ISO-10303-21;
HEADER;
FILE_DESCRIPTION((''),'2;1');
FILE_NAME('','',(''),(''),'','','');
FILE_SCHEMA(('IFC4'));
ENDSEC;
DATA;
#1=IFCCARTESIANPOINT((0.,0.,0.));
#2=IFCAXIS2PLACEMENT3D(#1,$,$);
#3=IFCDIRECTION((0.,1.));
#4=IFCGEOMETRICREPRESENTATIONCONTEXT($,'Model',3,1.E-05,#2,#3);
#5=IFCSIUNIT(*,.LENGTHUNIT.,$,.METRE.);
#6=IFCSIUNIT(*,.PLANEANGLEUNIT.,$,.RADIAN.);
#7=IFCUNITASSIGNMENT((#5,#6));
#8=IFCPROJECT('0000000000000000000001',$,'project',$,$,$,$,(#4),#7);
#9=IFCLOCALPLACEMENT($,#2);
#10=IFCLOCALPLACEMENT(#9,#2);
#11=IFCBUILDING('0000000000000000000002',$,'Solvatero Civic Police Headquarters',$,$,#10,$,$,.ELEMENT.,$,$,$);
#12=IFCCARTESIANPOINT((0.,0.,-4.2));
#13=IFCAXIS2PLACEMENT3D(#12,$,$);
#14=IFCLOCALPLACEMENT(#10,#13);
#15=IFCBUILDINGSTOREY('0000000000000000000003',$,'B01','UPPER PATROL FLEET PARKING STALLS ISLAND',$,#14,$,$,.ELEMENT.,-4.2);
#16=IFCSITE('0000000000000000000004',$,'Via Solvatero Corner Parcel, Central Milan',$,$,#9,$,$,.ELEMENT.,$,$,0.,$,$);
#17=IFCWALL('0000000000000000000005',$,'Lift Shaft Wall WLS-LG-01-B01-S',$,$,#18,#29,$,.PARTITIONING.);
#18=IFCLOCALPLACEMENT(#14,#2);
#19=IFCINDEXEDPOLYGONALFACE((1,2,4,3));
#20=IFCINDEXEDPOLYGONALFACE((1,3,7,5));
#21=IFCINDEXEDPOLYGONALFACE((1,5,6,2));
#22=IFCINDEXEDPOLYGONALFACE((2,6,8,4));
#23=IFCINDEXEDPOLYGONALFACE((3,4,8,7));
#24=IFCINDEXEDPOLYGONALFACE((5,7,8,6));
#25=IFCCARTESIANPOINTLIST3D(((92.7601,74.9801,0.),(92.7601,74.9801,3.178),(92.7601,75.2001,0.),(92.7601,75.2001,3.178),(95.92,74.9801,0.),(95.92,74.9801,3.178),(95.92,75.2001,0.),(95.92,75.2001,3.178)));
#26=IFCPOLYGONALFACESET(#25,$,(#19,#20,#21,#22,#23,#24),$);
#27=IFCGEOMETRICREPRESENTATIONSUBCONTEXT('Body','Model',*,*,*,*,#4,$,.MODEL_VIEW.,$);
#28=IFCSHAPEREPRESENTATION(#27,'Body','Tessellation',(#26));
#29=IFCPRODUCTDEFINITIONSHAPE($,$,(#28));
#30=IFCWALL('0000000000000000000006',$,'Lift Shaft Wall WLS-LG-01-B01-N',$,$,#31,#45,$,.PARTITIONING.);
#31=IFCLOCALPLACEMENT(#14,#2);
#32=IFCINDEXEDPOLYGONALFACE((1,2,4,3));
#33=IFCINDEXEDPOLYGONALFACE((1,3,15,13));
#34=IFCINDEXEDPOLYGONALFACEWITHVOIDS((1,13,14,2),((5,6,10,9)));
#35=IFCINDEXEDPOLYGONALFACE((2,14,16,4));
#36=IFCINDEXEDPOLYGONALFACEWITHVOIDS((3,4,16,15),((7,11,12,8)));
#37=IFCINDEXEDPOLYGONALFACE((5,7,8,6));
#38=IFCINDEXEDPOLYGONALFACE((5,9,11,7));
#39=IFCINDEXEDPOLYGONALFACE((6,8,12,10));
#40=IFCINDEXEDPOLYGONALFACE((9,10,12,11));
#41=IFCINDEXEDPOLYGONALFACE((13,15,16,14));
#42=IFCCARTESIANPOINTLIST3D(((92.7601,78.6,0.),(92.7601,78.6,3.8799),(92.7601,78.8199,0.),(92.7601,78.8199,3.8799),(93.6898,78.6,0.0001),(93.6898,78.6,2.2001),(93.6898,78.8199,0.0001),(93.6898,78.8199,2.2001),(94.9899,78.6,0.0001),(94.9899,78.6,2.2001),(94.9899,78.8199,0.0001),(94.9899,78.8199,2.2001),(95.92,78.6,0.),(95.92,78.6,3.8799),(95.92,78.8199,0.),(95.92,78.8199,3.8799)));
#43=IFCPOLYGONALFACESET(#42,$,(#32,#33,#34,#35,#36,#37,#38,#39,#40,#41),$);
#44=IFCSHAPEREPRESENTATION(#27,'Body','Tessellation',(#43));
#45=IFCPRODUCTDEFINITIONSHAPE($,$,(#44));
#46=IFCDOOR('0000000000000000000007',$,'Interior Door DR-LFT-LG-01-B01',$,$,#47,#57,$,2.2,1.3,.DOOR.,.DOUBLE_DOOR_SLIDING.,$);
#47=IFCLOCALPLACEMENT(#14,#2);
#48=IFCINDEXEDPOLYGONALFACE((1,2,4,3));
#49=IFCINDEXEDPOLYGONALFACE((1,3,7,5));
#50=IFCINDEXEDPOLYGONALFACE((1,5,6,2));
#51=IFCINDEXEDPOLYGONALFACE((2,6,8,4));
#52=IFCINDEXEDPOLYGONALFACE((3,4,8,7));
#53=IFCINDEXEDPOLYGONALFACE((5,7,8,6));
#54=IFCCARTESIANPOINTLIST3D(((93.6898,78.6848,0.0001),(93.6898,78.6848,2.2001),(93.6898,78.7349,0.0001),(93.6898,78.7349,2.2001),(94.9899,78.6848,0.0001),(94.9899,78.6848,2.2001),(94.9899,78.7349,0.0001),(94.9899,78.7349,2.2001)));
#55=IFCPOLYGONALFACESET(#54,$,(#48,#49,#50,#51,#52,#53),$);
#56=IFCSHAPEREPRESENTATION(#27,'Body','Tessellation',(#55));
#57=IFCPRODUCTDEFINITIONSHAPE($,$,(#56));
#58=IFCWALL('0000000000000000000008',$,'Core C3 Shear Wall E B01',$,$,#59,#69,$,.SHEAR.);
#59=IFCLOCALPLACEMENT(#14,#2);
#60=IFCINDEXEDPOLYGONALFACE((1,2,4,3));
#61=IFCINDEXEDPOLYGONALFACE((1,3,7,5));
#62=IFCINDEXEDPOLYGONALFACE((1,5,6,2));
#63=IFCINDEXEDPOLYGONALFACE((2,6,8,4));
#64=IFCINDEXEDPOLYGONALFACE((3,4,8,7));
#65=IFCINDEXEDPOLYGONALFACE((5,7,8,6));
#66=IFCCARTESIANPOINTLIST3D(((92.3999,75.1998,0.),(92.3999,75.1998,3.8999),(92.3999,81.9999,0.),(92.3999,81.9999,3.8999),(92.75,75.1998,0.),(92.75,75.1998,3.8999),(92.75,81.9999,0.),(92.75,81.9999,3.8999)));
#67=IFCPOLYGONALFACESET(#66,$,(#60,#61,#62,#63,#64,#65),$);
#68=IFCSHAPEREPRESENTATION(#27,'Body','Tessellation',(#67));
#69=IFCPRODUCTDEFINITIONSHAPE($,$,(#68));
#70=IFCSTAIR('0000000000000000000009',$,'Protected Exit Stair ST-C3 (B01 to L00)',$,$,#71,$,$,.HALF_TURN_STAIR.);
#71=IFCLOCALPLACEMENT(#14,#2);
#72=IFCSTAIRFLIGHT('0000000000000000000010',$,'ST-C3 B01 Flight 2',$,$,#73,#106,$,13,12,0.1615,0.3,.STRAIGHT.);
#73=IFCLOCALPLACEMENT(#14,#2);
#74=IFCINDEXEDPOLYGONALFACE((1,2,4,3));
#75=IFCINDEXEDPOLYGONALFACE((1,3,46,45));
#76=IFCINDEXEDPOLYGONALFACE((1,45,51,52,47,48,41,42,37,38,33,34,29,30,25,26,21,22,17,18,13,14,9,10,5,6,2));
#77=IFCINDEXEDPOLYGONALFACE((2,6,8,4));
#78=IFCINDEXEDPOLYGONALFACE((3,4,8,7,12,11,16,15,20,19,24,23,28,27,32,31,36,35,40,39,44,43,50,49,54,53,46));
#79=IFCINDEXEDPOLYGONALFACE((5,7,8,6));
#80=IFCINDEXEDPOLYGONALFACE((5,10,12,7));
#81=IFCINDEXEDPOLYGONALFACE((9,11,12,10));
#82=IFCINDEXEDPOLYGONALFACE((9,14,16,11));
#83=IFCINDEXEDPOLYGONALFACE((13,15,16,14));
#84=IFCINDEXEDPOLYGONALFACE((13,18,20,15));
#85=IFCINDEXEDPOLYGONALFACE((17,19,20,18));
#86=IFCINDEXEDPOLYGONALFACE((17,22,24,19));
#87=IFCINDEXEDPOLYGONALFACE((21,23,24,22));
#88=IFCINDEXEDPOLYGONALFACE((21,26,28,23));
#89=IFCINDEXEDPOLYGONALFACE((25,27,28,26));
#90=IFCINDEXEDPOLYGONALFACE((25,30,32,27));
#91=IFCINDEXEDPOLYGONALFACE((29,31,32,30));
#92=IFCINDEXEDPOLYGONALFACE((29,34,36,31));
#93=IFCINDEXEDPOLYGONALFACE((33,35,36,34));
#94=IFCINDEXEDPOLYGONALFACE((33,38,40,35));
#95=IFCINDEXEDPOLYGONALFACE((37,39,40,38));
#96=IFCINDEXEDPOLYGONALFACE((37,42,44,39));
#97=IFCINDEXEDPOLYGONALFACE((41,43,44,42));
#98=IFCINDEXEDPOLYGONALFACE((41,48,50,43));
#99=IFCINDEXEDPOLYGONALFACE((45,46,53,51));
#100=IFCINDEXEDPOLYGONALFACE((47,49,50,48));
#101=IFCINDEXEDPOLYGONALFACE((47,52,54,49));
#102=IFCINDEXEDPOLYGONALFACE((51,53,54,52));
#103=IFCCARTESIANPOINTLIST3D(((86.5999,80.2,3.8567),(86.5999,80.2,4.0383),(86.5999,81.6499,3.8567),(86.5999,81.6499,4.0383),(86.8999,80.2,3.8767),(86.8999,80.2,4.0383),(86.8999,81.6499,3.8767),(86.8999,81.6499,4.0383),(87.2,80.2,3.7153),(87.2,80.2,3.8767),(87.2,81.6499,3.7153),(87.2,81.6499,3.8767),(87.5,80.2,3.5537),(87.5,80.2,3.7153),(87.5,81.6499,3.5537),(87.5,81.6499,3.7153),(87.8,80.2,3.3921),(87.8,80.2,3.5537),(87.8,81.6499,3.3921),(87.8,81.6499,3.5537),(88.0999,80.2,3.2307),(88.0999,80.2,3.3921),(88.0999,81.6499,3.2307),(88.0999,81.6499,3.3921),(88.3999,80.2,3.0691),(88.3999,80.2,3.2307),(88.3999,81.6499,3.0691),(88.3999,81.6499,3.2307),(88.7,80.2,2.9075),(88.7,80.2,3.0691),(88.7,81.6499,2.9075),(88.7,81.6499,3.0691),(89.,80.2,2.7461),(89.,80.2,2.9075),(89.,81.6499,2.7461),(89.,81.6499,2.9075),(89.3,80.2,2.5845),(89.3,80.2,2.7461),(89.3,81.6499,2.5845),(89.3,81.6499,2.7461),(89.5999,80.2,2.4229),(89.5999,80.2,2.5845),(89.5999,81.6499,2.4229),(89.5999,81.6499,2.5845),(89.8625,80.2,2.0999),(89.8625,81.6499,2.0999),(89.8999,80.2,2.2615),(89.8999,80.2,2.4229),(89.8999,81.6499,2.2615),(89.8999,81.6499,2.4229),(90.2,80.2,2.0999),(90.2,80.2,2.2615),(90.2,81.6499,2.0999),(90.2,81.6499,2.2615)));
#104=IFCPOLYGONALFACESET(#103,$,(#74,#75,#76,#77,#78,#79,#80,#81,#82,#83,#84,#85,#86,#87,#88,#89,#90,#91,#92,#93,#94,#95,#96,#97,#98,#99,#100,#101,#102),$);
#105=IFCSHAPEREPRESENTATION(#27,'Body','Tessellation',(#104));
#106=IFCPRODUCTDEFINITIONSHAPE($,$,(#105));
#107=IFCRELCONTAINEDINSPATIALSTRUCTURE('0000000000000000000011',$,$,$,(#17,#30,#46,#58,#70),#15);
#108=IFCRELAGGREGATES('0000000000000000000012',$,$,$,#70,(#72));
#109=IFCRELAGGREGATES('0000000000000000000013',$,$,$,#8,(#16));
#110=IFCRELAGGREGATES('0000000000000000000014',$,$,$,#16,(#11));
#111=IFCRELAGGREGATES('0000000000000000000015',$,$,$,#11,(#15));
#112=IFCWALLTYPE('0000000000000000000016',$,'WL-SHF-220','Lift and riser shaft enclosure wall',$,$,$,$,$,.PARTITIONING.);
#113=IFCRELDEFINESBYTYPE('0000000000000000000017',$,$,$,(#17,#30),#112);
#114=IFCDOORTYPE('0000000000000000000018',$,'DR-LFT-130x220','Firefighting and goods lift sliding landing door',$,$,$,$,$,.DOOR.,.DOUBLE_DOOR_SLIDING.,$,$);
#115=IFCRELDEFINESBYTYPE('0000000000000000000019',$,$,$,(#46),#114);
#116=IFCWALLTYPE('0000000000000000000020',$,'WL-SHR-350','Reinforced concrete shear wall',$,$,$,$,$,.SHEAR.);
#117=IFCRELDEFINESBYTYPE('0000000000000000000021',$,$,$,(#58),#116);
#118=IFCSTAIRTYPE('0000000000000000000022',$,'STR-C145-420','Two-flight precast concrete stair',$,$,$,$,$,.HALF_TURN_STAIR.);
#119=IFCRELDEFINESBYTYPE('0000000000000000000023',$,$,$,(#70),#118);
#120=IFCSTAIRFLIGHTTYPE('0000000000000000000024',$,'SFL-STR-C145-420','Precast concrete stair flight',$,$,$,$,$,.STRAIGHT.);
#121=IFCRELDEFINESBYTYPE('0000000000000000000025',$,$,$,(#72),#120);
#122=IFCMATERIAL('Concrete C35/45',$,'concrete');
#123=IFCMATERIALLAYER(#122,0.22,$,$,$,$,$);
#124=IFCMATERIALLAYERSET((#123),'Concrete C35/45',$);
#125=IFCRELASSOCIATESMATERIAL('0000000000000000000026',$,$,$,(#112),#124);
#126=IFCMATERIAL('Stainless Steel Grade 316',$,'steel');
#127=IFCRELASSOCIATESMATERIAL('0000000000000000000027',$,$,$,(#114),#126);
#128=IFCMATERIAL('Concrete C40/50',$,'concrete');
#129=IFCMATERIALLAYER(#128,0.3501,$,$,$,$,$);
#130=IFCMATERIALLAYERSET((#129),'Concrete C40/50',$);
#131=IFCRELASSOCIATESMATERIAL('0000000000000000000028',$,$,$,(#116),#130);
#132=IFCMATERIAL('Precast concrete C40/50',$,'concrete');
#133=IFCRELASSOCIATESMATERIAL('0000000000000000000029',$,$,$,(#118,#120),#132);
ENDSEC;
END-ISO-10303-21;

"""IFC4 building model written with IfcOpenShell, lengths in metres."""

from ifc_helpers import new_model, si_unit, direction, frame, frame_2d, origin, place, context, subcontext, project, spatial, polyline, rectangle, outline, extrude, material, layer, layer_set, type_object, element, fill, aggregate, save


model = new_model("IFC4")

# Units and contexts
model_context = context("Model", 3, precision=1e-05, world=origin(), true_north=direction((0.0, 1.0)))
body_context = subcontext(model_context, "Body", "Model", "MODEL_VIEW")
ifc_project = project(units=[si_unit("LENGTHUNIT", "METRE"), si_unit("PLANEANGLEUNIT", "RADIAN")], contexts=[model_context])

# Site, building, storey
site_placement = place(None, origin())
site = spatial("IfcSite", under=ifc_project, at=site_placement, Name="Via Solvatero Corner Parcel, Central Milan", CompositionType="ELEMENT", RefElevation=0.0)
building_placement = place(site_placement, origin())
building = spatial("IfcBuilding", under=site, at=building_placement, Name="Solvatero Civic Police Headquarters", CompositionType="ELEMENT")
storey_placement = place(building_placement, frame((0.0, 0.0, -4.2)))
storey = spatial("IfcBuildingStorey", under=building, at=storey_placement, Name="B01", Description="UPPER PATROL FLEET PARKING STALLS ISLAND", CompositionType="ELEMENT", Elevation=-4.2)

# Shared definitions
ifc_material_1 = material(Name="Concrete C40/50", Category="concrete")

# Wall
ifc_material_2 = material(Name="Concrete C35/45", Category="concrete")
ifc_layer_1 = layer(ifc_material_2, 0.22)
ifc_layer_set_1 = layer_set([ifc_layer_1], Name="Concrete C35/45")
wall_type_1 = type_object("IfcWallType", Name="WL-SHF-220", Description="Lift and riser shaft enclosure wall", PredefinedType="PARTITIONING", material=ifc_layer_set_1)
wall_1_placement = place(storey_placement, frame((92.76, 75.0901, 0.0), z_axis=(0.0, 0.0, 1.0), x_axis=(1.0, 0.0, 0.0)))
element("IfcWall", 1, at=wall_1_placement, inside=storey, type_object=wall_type_1, Name="Lift Shaft Wall WLS-LG-01-B01-S", PredefinedType="PARTITIONING", context=body_context, shape_type="SweptSolid", body=[
    extrude(rectangle(XDim=3.1599, YDim=0.22, at=frame_2d((1.5801, 0.0))), origin(), (0.0, 0.0, 1.0), 3.178),
])

# Wall, opening, door
wall_2_placement = place(storey_placement, frame((92.76, 78.71, 0.0), z_axis=(0.0, 0.0, 1.0), x_axis=(1.0, 0.0, 0.0)))
wall_2 = element("IfcWall", 2, at=wall_2_placement, inside=storey, type_object=wall_type_1, Name="Lift Shaft Wall WLS-LG-01-B01-N", PredefinedType="PARTITIONING", context=body_context, shape_type="SweptSolid", body=[
    extrude(rectangle(XDim=3.1599, YDim=0.22, at=frame_2d((1.5801, 0.0))), origin(), (0.0, 0.0, 1.0), 3.8799),
])
opening_1_placement = place(wall_2_placement, frame((0.9299, 0.0, 0.0)))
opening_1 = element("IfcOpeningElement", 3, at=opening_1_placement, cuts=wall_2, PredefinedType="OPENING", context=body_context, shape_type="SweptSolid", body=[
    extrude(rectangle(XDim=1.3, YDim=2.2, at=frame_2d((0.6499, 1.1001))), frame((0.0, 0.1199, 0.0), z_axis=(0.0, -1.0, 0.0), x_axis=(1.0, 0.0, 0.0)), (0.0, 0.0, 1.0), 0.24),
])
ifc_material_3 = material(Name="Stainless Steel Grade 316", Category="steel")
door_type_1 = type_object("IfcDoorType", Name="DR-LFT-130x220", Description="Firefighting and goods lift sliding landing door", OperationType="DOUBLE_DOOR_SLIDING", PredefinedType="DOOR", material=ifc_material_3)
door_1_placement = place(opening_1_placement, origin())
door_1 = element("IfcDoor", 4, at=door_1_placement, inside=storey, type_object=door_type_1, Name="Interior Door DR-LFT-LG-01-B01", OperationType="DOUBLE_DOOR_SLIDING", OverallHeight=2.2, OverallWidth=1.3, PredefinedType="DOOR", context=body_context, shape_type="SweptSolid", body=[
    extrude(rectangle(XDim=1.3, YDim=2.2, at=frame_2d((0.6499, 1.1001))), frame((0.0, 0.0249, 0.0), z_axis=(0.0, -1.0, 0.0), x_axis=(1.0, 0.0, 0.0)), (0.0, 0.0, 1.0), 0.05),
])
fill(opening_1, door_1)

# Wall
ifc_layer_2 = layer(ifc_material_1, 0.3501)
ifc_layer_set_2 = layer_set([ifc_layer_2], Name="Concrete C40/50")
wall_type_2 = type_object("IfcWallType", Name="WL-SHR-350", Description="Reinforced concrete shear wall", PredefinedType="SHEAR", material=ifc_layer_set_2)
wall_3_placement = place(storey_placement, frame((92.575, 75.2, 0.0), z_axis=(0.0, 0.0, 1.0), x_axis=(0.0, 1.0, 0.0)))
element("IfcWall", 5, at=wall_3_placement, inside=storey, type_object=wall_type_2, Name="Core C3 Shear Wall E B01", PredefinedType="SHEAR", context=body_context, shape_type="SweptSolid", body=[
    extrude(rectangle(XDim=6.8, YDim=0.3501, at=frame_2d((3.3999, 0.0))), origin(), (0.0, 0.0, 1.0), 3.8999),
])

# Stair, stair flight
ifc_material_4 = material(Name="Precast concrete C40/50", Category="concrete")
stair_type = type_object("IfcStairType", Name="STR-C145-420", Description="Two-flight precast concrete stair", PredefinedType="HALF_TURN_STAIR", material=ifc_material_4)
stair_placement = place(storey_placement, origin())
stair = element("IfcStair", 6, at=stair_placement, inside=storey, type_object=stair_type, Name="Protected Exit Stair ST-C3 (B01 to L00)", PredefinedType="HALF_TURN_STAIR")
stair_flight_type = type_object("IfcStairFlightType", Name="SFL-STR-C145-420", Description="Precast concrete stair flight", PredefinedType="STRAIGHT", material=ifc_material_4)
stair_flight_placement = place(storey_placement, frame((90.2, 80.925, 2.0999), z_axis=(0.0, 0.0, 1.0), x_axis=(-1.0, 0.0, 0.0)))
stair_flight = element("IfcStairFlight", 7, at=stair_flight_placement, type_object=stair_flight_type, Name="ST-C3 B01 Flight 2", NumberOfRisers=13, NumberOfTreads=12, PredefinedType="STRAIGHT", RiserHeight=0.1615, TreadLength=0.3, context=body_context, shape_type="SweptSolid", body=[
    extrude(outline(polyline([(0.0, 0.0), (0.0, 0.1616), (0.3, 0.1616), (0.3, 0.323), (0.6001, 0.323), (0.6001, 0.4846), (0.8999, 0.4846), (0.8999, 0.6462), (1.2, 0.6462), (1.2, 0.8076), (1.5, 0.8076), (1.5, 0.9692), (1.8, 0.9692), (1.8, 1.1309), (2.1001, 1.1309), (2.1001, 1.2922), (2.3999, 1.2922), (2.3999, 1.4539), (2.7, 1.4539), (2.7, 1.6155), (3.0, 1.6155), (3.0, 1.7769), (3.3, 1.7769), (3.3, 1.9385), (3.6001, 1.9385), (3.6001, 2.1001), (3.6001, 1.7568), (0.3374, 0.0), (0.0, 0.0)])), frame((0.0, 0.7251, 0.0), z_axis=(0.0, -1.0, 0.0), x_axis=(1.0, 0.0, 0.0)), (0.0, 0.0, 1.0), 1.45),
])
aggregate(stair, [stair_flight])

save(model, "model.ifc")
